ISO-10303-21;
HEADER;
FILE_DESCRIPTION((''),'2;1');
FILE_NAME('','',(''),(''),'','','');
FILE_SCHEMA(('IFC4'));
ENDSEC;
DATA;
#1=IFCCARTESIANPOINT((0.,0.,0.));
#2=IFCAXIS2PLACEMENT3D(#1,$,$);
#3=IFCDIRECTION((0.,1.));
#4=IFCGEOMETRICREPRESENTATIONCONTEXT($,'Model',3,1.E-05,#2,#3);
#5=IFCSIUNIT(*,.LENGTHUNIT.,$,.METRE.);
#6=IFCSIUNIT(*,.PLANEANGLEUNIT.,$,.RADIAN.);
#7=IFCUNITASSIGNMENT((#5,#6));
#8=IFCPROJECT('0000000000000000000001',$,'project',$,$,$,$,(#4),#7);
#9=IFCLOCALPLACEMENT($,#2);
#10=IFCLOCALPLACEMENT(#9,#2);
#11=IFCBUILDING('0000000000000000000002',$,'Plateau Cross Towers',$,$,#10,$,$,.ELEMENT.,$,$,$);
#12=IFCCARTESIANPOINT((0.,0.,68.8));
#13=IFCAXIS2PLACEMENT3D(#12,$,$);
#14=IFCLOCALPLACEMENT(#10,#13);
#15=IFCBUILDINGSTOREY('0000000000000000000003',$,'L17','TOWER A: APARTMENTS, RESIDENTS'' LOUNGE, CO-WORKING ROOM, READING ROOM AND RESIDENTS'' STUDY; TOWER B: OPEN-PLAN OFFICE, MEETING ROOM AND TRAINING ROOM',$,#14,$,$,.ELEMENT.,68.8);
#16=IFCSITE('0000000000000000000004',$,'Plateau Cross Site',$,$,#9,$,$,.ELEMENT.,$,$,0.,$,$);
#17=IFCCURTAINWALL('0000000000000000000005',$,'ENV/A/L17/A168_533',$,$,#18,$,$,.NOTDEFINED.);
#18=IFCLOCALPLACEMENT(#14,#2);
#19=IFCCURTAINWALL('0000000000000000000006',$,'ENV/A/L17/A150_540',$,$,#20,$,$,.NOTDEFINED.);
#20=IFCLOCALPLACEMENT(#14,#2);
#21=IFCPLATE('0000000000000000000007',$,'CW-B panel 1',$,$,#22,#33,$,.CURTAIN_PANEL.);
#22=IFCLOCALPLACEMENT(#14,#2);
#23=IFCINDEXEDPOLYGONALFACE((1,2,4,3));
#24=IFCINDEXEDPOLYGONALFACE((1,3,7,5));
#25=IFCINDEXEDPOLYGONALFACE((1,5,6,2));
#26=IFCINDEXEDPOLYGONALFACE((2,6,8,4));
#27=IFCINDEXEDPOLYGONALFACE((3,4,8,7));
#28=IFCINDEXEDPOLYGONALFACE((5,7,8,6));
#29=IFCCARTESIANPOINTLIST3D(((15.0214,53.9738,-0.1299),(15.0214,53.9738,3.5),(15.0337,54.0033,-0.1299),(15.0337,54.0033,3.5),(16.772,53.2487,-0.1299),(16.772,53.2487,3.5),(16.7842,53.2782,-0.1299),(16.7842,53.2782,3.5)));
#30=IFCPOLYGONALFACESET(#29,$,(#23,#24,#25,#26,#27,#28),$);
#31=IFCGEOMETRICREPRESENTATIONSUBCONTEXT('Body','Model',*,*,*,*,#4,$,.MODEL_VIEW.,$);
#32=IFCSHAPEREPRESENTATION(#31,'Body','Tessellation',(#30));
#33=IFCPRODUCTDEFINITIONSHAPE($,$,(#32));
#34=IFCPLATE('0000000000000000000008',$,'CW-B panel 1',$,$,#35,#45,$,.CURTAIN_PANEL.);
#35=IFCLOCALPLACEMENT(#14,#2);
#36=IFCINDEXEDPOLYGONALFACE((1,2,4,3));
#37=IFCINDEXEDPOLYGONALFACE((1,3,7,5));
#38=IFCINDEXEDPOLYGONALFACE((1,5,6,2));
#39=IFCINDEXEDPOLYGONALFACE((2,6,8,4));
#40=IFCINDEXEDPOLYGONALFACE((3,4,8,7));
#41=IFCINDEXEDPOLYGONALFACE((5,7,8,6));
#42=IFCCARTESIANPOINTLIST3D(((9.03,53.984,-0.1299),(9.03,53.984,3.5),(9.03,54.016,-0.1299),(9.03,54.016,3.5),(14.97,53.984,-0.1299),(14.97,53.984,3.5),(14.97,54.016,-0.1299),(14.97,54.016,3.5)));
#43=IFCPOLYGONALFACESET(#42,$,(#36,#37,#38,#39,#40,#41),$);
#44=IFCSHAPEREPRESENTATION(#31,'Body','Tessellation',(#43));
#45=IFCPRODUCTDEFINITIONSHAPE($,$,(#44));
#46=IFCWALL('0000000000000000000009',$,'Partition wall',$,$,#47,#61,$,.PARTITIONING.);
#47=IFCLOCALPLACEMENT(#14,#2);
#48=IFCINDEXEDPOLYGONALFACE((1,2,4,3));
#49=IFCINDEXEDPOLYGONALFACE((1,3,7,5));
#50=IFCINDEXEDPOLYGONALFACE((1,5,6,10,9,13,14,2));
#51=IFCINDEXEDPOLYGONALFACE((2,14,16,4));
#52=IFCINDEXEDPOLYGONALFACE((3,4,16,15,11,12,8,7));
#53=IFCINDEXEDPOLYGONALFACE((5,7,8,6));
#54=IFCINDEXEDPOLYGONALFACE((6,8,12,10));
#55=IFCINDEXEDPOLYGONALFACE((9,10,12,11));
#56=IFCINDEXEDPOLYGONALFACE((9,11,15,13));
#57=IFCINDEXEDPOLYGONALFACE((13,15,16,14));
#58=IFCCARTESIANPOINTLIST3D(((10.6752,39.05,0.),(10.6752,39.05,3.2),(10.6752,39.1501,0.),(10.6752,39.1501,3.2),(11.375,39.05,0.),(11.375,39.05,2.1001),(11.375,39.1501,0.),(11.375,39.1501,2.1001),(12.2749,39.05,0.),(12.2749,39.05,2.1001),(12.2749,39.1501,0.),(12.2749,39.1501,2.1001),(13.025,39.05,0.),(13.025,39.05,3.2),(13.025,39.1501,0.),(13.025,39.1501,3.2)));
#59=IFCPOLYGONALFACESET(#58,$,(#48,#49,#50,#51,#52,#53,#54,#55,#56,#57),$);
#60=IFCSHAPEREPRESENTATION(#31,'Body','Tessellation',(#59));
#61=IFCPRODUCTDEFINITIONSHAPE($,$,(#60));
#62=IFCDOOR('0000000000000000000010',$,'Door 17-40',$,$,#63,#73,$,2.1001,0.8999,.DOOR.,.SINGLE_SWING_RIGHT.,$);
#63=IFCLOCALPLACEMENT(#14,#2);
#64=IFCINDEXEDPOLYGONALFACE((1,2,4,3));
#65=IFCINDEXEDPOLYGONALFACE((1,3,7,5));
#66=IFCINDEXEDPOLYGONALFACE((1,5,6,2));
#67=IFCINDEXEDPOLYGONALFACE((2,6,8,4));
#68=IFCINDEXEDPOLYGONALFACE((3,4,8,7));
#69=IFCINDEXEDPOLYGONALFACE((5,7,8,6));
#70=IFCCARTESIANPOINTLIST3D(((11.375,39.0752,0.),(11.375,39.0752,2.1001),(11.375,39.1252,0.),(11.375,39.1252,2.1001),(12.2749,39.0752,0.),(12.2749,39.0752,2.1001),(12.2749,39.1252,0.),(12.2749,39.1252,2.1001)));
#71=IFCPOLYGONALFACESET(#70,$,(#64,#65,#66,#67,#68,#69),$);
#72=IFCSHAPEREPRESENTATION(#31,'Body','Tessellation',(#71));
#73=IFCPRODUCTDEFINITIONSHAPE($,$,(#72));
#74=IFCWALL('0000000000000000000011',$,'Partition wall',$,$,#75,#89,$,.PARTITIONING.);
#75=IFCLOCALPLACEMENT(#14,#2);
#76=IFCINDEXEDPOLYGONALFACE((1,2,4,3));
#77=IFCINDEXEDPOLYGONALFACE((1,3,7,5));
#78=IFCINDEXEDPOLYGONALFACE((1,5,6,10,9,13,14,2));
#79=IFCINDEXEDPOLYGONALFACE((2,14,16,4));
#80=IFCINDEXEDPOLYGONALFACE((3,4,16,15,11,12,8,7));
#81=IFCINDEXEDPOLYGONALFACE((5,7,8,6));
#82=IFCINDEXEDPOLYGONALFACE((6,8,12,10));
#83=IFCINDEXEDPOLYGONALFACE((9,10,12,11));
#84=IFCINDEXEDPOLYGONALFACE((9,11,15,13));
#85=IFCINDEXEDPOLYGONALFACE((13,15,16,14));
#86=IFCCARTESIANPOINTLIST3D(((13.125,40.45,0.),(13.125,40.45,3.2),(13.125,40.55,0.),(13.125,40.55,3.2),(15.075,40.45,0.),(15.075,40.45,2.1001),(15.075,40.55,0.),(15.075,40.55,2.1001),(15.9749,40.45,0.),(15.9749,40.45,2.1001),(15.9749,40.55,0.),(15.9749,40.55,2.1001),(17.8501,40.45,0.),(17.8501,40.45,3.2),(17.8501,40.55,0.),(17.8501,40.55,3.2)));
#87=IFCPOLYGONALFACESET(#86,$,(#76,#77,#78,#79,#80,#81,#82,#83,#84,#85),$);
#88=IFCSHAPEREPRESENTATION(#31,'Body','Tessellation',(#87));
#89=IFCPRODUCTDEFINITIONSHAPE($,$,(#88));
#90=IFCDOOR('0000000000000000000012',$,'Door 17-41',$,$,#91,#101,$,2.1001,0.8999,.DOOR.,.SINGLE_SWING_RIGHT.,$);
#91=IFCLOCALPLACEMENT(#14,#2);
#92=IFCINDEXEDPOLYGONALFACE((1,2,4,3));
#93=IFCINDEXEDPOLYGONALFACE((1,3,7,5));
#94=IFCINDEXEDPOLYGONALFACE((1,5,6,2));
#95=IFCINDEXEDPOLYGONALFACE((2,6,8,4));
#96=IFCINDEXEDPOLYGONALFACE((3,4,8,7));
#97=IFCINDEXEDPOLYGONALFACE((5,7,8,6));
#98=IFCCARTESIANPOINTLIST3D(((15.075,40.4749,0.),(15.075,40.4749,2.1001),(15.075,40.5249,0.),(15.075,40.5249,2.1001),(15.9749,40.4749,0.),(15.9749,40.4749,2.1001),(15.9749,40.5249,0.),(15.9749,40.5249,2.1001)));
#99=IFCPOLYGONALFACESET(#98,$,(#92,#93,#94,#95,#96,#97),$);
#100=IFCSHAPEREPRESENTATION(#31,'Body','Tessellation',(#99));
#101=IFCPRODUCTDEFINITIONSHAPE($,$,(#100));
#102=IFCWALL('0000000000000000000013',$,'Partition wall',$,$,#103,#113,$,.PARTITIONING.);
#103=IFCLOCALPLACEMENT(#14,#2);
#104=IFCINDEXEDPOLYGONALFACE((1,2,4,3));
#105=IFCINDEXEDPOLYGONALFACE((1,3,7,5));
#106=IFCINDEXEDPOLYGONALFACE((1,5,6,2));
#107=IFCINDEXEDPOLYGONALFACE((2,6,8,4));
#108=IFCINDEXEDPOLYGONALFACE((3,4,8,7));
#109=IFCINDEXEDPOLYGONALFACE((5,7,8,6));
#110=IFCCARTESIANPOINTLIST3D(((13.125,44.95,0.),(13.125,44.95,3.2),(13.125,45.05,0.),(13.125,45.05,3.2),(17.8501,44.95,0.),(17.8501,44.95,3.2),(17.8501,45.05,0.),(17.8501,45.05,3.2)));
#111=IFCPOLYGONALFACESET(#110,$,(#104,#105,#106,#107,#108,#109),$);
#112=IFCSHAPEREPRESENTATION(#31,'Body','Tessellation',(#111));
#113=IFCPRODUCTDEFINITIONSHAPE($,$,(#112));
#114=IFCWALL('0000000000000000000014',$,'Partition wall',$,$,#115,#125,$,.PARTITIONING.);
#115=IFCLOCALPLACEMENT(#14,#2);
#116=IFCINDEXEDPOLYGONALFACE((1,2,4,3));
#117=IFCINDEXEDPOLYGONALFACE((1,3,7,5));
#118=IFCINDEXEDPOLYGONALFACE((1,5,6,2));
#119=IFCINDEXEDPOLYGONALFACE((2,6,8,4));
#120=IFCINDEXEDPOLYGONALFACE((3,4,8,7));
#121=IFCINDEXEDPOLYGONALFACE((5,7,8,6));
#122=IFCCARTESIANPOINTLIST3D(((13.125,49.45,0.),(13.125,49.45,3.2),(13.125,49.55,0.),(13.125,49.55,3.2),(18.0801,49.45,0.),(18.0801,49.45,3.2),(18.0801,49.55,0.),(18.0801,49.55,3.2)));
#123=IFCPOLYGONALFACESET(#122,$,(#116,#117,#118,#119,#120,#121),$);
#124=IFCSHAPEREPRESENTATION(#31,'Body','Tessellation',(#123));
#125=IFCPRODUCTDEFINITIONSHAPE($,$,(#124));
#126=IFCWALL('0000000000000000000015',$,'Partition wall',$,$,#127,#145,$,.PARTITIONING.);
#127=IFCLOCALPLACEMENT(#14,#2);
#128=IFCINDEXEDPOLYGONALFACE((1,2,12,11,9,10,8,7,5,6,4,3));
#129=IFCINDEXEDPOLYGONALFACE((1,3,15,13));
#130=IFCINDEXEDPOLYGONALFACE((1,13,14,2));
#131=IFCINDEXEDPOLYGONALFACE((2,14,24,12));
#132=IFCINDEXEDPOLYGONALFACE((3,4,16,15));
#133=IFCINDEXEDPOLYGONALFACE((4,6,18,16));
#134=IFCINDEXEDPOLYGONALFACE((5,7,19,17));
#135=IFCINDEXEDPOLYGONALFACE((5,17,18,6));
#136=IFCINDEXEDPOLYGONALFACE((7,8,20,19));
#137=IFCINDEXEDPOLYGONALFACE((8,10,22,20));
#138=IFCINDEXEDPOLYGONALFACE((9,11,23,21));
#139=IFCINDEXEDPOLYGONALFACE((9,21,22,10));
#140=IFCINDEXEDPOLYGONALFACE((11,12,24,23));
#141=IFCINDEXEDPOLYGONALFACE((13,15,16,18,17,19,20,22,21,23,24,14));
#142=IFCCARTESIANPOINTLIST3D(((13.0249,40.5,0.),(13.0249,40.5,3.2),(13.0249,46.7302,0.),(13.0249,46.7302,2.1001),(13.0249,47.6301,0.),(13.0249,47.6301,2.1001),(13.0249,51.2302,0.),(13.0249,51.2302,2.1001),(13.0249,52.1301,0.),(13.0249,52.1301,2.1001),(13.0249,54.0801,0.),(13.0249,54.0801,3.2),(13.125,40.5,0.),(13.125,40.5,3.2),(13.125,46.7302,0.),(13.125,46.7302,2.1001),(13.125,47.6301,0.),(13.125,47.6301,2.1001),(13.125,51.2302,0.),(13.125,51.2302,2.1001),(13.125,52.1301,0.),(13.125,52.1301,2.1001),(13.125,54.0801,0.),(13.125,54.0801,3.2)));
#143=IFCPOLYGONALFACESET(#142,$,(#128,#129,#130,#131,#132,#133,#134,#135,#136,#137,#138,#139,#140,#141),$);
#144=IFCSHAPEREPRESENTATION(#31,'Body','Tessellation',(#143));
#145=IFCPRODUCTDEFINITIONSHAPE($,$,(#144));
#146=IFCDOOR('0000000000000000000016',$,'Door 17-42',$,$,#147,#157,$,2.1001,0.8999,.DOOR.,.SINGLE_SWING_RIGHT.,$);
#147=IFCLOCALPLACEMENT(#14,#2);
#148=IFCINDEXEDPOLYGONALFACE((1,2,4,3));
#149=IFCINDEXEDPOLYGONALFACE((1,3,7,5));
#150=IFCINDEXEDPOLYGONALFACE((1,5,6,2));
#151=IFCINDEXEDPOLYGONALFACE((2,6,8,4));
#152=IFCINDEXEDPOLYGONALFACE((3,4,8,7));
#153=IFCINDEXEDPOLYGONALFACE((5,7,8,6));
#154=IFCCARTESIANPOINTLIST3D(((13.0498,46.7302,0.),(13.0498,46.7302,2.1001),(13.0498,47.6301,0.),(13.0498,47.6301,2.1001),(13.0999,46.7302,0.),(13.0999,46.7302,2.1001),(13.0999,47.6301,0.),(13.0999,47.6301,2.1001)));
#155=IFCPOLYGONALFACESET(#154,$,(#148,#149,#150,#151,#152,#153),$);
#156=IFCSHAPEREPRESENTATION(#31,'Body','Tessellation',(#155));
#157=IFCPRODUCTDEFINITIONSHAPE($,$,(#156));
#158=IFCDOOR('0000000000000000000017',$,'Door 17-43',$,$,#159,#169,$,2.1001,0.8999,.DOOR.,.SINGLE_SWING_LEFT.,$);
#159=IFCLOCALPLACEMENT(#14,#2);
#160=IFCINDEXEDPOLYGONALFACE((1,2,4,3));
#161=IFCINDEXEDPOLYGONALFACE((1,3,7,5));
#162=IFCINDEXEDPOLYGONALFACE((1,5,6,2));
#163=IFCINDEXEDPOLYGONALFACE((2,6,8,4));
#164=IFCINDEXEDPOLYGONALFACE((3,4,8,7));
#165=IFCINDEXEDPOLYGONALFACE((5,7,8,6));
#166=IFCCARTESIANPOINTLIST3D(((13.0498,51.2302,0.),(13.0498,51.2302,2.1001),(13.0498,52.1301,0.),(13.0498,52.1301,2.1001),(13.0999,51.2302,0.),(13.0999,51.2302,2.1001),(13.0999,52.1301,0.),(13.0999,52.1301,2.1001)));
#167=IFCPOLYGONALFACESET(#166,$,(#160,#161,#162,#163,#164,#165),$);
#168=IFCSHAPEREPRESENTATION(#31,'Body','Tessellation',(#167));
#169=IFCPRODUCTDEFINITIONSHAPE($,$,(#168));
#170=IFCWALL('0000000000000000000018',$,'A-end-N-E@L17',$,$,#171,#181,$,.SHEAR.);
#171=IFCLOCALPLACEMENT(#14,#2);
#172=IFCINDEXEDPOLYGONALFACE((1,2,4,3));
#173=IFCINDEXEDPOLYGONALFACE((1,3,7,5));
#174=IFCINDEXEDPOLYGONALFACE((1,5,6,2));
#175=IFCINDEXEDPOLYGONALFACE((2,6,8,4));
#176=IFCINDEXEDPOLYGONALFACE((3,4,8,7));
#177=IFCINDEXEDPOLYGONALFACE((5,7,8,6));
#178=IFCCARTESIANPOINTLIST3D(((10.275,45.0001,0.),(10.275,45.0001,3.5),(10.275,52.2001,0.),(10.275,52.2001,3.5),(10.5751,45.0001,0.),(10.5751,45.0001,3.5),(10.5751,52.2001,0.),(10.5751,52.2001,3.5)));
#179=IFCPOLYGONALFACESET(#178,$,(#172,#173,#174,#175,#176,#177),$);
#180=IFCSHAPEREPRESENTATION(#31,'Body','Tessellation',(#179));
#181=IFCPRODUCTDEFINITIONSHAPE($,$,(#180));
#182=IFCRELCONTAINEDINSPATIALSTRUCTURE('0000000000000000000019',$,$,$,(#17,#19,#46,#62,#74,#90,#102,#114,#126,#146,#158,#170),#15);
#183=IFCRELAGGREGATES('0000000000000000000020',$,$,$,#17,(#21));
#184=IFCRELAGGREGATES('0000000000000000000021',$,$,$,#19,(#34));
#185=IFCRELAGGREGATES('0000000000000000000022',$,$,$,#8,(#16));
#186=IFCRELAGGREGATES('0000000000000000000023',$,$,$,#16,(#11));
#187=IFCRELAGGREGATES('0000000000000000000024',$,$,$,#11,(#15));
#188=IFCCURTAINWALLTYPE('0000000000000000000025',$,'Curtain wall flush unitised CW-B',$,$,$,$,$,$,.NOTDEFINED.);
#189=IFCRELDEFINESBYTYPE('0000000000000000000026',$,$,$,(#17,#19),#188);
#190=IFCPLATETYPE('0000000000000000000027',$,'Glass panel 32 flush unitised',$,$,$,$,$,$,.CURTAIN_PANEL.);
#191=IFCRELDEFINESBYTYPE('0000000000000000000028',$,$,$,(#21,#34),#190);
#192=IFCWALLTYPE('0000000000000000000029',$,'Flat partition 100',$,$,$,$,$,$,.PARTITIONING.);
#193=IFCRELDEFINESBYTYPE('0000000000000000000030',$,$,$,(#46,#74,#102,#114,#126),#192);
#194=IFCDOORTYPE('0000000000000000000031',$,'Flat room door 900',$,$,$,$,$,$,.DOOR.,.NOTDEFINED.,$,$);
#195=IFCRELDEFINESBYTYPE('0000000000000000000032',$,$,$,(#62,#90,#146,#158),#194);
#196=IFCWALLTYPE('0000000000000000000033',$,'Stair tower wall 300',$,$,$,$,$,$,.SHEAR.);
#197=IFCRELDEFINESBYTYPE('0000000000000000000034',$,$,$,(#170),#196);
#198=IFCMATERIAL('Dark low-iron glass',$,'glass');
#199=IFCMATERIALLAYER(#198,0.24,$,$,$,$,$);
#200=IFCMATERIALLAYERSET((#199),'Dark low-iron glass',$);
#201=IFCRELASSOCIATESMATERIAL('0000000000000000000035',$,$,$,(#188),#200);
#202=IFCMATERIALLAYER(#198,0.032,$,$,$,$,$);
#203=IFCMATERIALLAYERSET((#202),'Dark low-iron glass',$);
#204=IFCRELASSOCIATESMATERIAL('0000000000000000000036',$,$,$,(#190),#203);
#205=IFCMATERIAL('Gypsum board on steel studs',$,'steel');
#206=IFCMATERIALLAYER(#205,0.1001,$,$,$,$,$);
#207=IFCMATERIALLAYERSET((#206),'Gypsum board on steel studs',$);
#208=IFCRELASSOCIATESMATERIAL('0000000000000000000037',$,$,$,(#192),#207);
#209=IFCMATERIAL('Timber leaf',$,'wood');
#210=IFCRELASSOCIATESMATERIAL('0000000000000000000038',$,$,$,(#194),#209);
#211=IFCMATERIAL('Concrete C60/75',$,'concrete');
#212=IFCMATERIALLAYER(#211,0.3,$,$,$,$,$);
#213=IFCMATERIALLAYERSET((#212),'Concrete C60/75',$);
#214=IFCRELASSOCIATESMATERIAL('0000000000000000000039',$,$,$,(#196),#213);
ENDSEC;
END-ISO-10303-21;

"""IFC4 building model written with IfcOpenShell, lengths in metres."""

from ifc_helpers import new_model, si_unit, direction, frame, frame_2d, origin, origin_2d, place, context, subcontext, project, spatial, rectangle, extrude, material, layer, layer_set, type_object, element, fill, aggregate, save


model = new_model("IFC4")

# Units and contexts
model_context = context("Model", 3, precision=1e-05, world=origin(), true_north=direction((0.0, 1.0)))
body_context = subcontext(model_context, "Body", "Model", "MODEL_VIEW")
ifc_project = project(units=[si_unit("LENGTHUNIT", "METRE"), si_unit("PLANEANGLEUNIT", "RADIAN")], contexts=[model_context])

# Site, building, storey
site_placement = place(None, origin())
site = spatial("IfcSite", under=ifc_project, at=site_placement, Name="Plateau Cross Site", CompositionType="ELEMENT", RefElevation=0.0)
building_placement = place(site_placement, origin())
building = spatial("IfcBuilding", under=site, at=building_placement, Name="Plateau Cross Towers", CompositionType="ELEMENT")
storey_placement = place(building_placement, frame((0.0, 0.0, 68.8)))
storey = spatial("IfcBuildingStorey", under=building, at=storey_placement, Name="L17", Description="TOWER A: APARTMENTS, RESIDENTS' LOUNGE, CO-WORKING ROOM, READING ROOM AND RESIDENTS' STUDY; TOWER B: OPEN-PLAN OFFICE, MEETING ROOM AND TRAINING ROOM", CompositionType="ELEMENT", Elevation=68.8)

# Shared definitions
ifc_material_1 = material(Name="Concrete C60/75", Category="concrete")

# Shared definitions
ifc_material_2 = material(Name="Dark low-iron glass", Category="glass")
ifc_layer_1 = layer(ifc_material_2, 0.24)
ifc_layer_set_1 = layer_set([ifc_layer_1], Name="Dark low-iron glass")
curtain_wall_type = type_object("IfcCurtainWallType", Name="Curtain wall flush unitised CW-B", PredefinedType="NOTDEFINED", material=ifc_layer_set_1)

# Curtain wall
curtain_wall_1_placement = place(storey_placement, origin())
curtain_wall_1 = element("IfcCurtainWall", 1, at=curtain_wall_1_placement, inside=storey, type_object=curtain_wall_type, Name="ENV/A/L17/A168_533", PredefinedType="NOTDEFINED")

# Curtain wall
curtain_wall_2_placement = place(storey_placement, origin())
curtain_wall_2 = element("IfcCurtainWall", 2, at=curtain_wall_2_placement, inside=storey, type_object=curtain_wall_type, Name="ENV/A/L17/A150_540", PredefinedType="NOTDEFINED")

# Plates
ifc_layer_2 = layer(ifc_material_2, 0.032)
ifc_layer_set_2 = layer_set([ifc_layer_2], Name="Dark low-iron glass")
plate_type = type_object("IfcPlateType", Name="Glass panel 32 flush unitised", PredefinedType="CURTAIN_PANEL", material=ifc_layer_set_2)
plate_1_placement = place(storey_placement, frame((15.9028, 53.626, -0.1299), z_axis=(0.0, 0.0, 1.0), x_axis=(-0.923879, 0.382684, 0.0)))
plate_1 = element("IfcPlate", 3, at=plate_1_placement, type_object=plate_type, Name="CW-B panel 1", PredefinedType="CURTAIN_PANEL", context=body_context, shape_type="SweptSolid", body=[
    extrude(rectangle(XDim=1.8948, YDim=0.032, at=origin_2d()), origin(), (0.0, 0.0, 1.0), 3.6299),
])
aggregate(curtain_wall_1, [plate_1])
plate_2_placement = place(storey_placement, frame((12.0, 54.0, -0.1299), z_axis=(0.0, 0.0, 1.0), x_axis=(-1.0, 0.0, 0.0)))
plate_2 = element("IfcPlate", 4, at=plate_2_placement, type_object=plate_type, Name="CW-B panel 1", PredefinedType="CURTAIN_PANEL", context=body_context, shape_type="SweptSolid", body=[
    extrude(rectangle(XDim=5.9399, YDim=0.032, at=origin_2d()), origin(), (0.0, 0.0, 1.0), 3.6299),
])
aggregate(curtain_wall_2, [plate_2])

# Walls, openings, doors
ifc_material_3 = material(Name="Gypsum board on steel studs", Category="steel")
ifc_layer_3 = layer(ifc_material_3, 0.1001)
ifc_layer_set_3 = layer_set([ifc_layer_3], Name="Gypsum board on steel studs")
wall_type_1 = type_object("IfcWallType", Name="Flat partition 100", PredefinedType="PARTITIONING", material=ifc_layer_set_3)
wall_1_placement = place(storey_placement, frame((13.0249, 39.1001, 0.0), z_axis=(0.0, 0.0, 1.0), x_axis=(-1.0, 0.0, 0.0)))
wall_1 = element("IfcWall", 5, at=wall_1_placement, inside=storey, type_object=wall_type_1, Name="Partition wall", PredefinedType="PARTITIONING", context=body_context, shape_type="SweptSolid", body=[
    extrude(rectangle(XDim=2.3499, YDim=0.1001, at=frame_2d((1.1748, 0.0))), origin(), (0.0, 0.0, 1.0), 3.2),
])
opening_1_placement = place(wall_1_placement, frame((0.75, 0.0, 0.0)))
opening_1 = element("IfcOpeningElement", 6, at=opening_1_placement, cuts=wall_1, PredefinedType="OPENING", context=body_context, shape_type="SweptSolid", body=[
    extrude(rectangle(XDim=0.8999, YDim=2.1001, at=frame_2d((0.45, 1.05))), frame((0.0, 0.0601, 0.0), z_axis=(0.0, -1.0, 0.0), x_axis=(1.0, 0.0, 0.0)), (0.0, 0.0, 1.0), 0.1201),
])
ifc_material_4 = material(Name="Timber leaf", Category="wood")
door_type_1 = type_object("IfcDoorType", Name="Flat room door 900", OperationType="NOTDEFINED", PredefinedType="DOOR", material=ifc_material_4)
door_1_placement = place(opening_1_placement, origin())
door_1 = element("IfcDoor", 7, at=door_1_placement, inside=storey, type_object=door_type_1, Name="Door 17-40", OperationType="SINGLE_SWING_RIGHT", OverallHeight=2.1001, OverallWidth=0.8999, PredefinedType="DOOR", context=body_context, shape_type="SweptSolid", body=[
    extrude(rectangle(XDim=0.8999, YDim=2.1001, at=frame_2d((0.45, 1.05))), frame((0.0, 0.0249, 0.0), z_axis=(0.0, -1.0, 0.0), x_axis=(1.0, 0.0, 0.0)), (0.0, 0.0, 1.0), 0.05),
])
fill(opening_1, door_1)
wall_2_placement = place(storey_placement, frame((13.125, 40.5, 0.0), z_axis=(0.0, 0.0, 1.0), x_axis=(1.0, 0.0, 0.0)))
wall_2 = element("IfcWall", 8, at=wall_2_placement, inside=storey, type_object=wall_type_1, Name="Partition wall", PredefinedType="PARTITIONING", context=body_context, shape_type="SweptSolid", body=[
    extrude(rectangle(XDim=4.7251, YDim=0.1001, at=frame_2d((2.3625, 0.0))), origin(), (0.0, 0.0, 1.0), 3.2),
])
opening_2_placement = place(wall_2_placement, frame((1.95, 0.0, 0.0)))
opening_2 = element("IfcOpeningElement", 9, at=opening_2_placement, cuts=wall_2, PredefinedType="OPENING", context=body_context, shape_type="SweptSolid", body=[
    extrude(rectangle(XDim=0.8999, YDim=2.1001, at=frame_2d((0.45, 1.05))), frame((0.0, 0.0601, 0.0), z_axis=(0.0, -1.0, 0.0), x_axis=(1.0, 0.0, 0.0)), (0.0, 0.0, 1.0), 0.1201),
])
door_2_placement = place(opening_2_placement, origin())
door_2 = element("IfcDoor", 10, at=door_2_placement, inside=storey, type_object=door_type_1, Name="Door 17-41", OperationType="SINGLE_SWING_RIGHT", OverallHeight=2.1001, OverallWidth=0.8999, PredefinedType="DOOR", context=body_context, shape_type="SweptSolid", body=[
    extrude(rectangle(XDim=0.8999, YDim=2.1001, at=frame_2d((0.45, 1.05))), frame((0.0, 0.0249, 0.0), z_axis=(0.0, -1.0, 0.0), x_axis=(1.0, 0.0, 0.0)), (0.0, 0.0, 1.0), 0.05),
])
fill(opening_2, door_2)

# Walls
wall_3_placement = place(storey_placement, frame((17.8501, 45.0, 0.0), z_axis=(0.0, 0.0, 1.0), x_axis=(-1.0, 0.0, 0.0)))
element("IfcWall", 11, at=wall_3_placement, inside=storey, type_object=wall_type_1, Name="Partition wall", PredefinedType="PARTITIONING", context=body_context, shape_type="SweptSolid", body=[
    extrude(rectangle(XDim=4.7251, YDim=0.1001, at=frame_2d((2.3625, 0.0))), origin(), (0.0, 0.0, 1.0), 3.2),
])
wall_4_placement = place(storey_placement, frame((18.0801, 49.5, 0.0), z_axis=(0.0, 0.0, 1.0), x_axis=(-1.0, 0.0, 0.0)))
element("IfcWall", 12, at=wall_4_placement, inside=storey, type_object=wall_type_1, Name="Partition wall", PredefinedType="PARTITIONING", context=body_context, shape_type="SweptSolid", body=[
    extrude(rectangle(XDim=4.9551, YDim=0.1001, at=frame_2d((2.4775, 0.0))), origin(), (0.0, 0.0, 1.0), 3.2),
])

# Wall, openings, doors
wall_5_placement = place(storey_placement, frame((13.075, 54.0801, 0.0), z_axis=(0.0, 0.0, 1.0), x_axis=(0.0, -1.0, 0.0)))
wall_5 = element("IfcWall", 13, at=wall_5_placement, inside=storey, type_object=wall_type_1, Name="Partition wall", PredefinedType="PARTITIONING", context=body_context, shape_type="SweptSolid", body=[
    extrude(rectangle(XDim=13.5801, YDim=0.1001, at=frame_2d((6.79, 0.0))), origin(), (0.0, 0.0, 1.0), 3.2),
])
opening_3_placement = place(wall_5_placement, frame((6.45, 0.0, 0.0)))
opening_3 = element("IfcOpeningElement", 14, at=opening_3_placement, cuts=wall_5, PredefinedType="OPENING", context=body_context, shape_type="SweptSolid", body=[
    extrude(rectangle(XDim=0.8999, YDim=2.1001, at=frame_2d((0.45, 1.05))), frame((0.0, 0.0601, 0.0), z_axis=(0.0, -1.0, 0.0), x_axis=(1.0, 0.0, 0.0)), (0.0, 0.0, 1.0), 0.1201),
])
opening_4_placement = place(wall_5_placement, frame((1.95, 0.0, 0.0)))
opening_4 = element("IfcOpeningElement", 15, at=opening_4_placement, cuts=wall_5, PredefinedType="OPENING", context=body_context, shape_type="SweptSolid", body=[
    extrude(rectangle(XDim=0.8999, YDim=2.1001, at=frame_2d((0.45, 1.05))), frame((0.0, 0.0601, 0.0), z_axis=(0.0, -1.0, 0.0), x_axis=(1.0, 0.0, 0.0)), (0.0, 0.0, 1.0), 0.1201),
])
door_3_placement = place(opening_3_placement, origin())
door_3 = element("IfcDoor", 16, at=door_3_placement, inside=storey, type_object=door_type_1, Name="Door 17-42", OperationType="SINGLE_SWING_RIGHT", OverallHeight=2.1001, OverallWidth=0.8999, PredefinedType="DOOR", context=body_context, shape_type="SweptSolid", body=[
    extrude(rectangle(XDim=0.8999, YDim=2.1001, at=frame_2d((0.45, 1.05))), frame((0.0, 0.0249, 0.0), z_axis=(0.0, -1.0, 0.0), x_axis=(1.0, 0.0, 0.0)), (0.0, 0.0, 1.0), 0.05),
])
fill(opening_3, door_3)
door_4_placement = place(opening_4_placement, origin())
door_4 = element("IfcDoor", 17, at=door_4_placement, inside=storey, type_object=door_type_1, Name="Door 17-43", OperationType="SINGLE_SWING_LEFT", OverallHeight=2.1001, OverallWidth=0.8999, PredefinedType="DOOR", context=body_context, shape_type="SweptSolid", body=[
    extrude(rectangle(XDim=0.8999, YDim=2.1001, at=frame_2d((0.45, 1.05))), frame((0.0, 0.0249, 0.0), z_axis=(0.0, -1.0, 0.0), x_axis=(1.0, 0.0, 0.0)), (0.0, 0.0, 1.0), 0.05),
])
fill(opening_4, door_4)

# Wall
ifc_layer_4 = layer(ifc_material_1, 0.3)
ifc_layer_set_4 = layer_set([ifc_layer_4], Name="Concrete C60/75")
wall_type_2 = type_object("IfcWallType", Name="Stair tower wall 300", PredefinedType="SHEAR", material=ifc_layer_set_4)
wall_6_placement = place(storey_placement, frame((10.425, 45.0, 0.0), z_axis=(0.0, 0.0, 1.0), x_axis=(0.0, 1.0, 0.0)))
element("IfcWall", 18, at=wall_6_placement, inside=storey, type_object=wall_type_2, Name="A-end-N-E@L17", PredefinedType="SHEAR", context=body_context, shape_type="SweptSolid", body=[
    extrude(rectangle(XDim=7.2, YDim=0.3, at=frame_2d((3.6001, 0.0))), origin(), (0.0, 0.0, 1.0), 3.5),
])

save(model, "model.ifc")
